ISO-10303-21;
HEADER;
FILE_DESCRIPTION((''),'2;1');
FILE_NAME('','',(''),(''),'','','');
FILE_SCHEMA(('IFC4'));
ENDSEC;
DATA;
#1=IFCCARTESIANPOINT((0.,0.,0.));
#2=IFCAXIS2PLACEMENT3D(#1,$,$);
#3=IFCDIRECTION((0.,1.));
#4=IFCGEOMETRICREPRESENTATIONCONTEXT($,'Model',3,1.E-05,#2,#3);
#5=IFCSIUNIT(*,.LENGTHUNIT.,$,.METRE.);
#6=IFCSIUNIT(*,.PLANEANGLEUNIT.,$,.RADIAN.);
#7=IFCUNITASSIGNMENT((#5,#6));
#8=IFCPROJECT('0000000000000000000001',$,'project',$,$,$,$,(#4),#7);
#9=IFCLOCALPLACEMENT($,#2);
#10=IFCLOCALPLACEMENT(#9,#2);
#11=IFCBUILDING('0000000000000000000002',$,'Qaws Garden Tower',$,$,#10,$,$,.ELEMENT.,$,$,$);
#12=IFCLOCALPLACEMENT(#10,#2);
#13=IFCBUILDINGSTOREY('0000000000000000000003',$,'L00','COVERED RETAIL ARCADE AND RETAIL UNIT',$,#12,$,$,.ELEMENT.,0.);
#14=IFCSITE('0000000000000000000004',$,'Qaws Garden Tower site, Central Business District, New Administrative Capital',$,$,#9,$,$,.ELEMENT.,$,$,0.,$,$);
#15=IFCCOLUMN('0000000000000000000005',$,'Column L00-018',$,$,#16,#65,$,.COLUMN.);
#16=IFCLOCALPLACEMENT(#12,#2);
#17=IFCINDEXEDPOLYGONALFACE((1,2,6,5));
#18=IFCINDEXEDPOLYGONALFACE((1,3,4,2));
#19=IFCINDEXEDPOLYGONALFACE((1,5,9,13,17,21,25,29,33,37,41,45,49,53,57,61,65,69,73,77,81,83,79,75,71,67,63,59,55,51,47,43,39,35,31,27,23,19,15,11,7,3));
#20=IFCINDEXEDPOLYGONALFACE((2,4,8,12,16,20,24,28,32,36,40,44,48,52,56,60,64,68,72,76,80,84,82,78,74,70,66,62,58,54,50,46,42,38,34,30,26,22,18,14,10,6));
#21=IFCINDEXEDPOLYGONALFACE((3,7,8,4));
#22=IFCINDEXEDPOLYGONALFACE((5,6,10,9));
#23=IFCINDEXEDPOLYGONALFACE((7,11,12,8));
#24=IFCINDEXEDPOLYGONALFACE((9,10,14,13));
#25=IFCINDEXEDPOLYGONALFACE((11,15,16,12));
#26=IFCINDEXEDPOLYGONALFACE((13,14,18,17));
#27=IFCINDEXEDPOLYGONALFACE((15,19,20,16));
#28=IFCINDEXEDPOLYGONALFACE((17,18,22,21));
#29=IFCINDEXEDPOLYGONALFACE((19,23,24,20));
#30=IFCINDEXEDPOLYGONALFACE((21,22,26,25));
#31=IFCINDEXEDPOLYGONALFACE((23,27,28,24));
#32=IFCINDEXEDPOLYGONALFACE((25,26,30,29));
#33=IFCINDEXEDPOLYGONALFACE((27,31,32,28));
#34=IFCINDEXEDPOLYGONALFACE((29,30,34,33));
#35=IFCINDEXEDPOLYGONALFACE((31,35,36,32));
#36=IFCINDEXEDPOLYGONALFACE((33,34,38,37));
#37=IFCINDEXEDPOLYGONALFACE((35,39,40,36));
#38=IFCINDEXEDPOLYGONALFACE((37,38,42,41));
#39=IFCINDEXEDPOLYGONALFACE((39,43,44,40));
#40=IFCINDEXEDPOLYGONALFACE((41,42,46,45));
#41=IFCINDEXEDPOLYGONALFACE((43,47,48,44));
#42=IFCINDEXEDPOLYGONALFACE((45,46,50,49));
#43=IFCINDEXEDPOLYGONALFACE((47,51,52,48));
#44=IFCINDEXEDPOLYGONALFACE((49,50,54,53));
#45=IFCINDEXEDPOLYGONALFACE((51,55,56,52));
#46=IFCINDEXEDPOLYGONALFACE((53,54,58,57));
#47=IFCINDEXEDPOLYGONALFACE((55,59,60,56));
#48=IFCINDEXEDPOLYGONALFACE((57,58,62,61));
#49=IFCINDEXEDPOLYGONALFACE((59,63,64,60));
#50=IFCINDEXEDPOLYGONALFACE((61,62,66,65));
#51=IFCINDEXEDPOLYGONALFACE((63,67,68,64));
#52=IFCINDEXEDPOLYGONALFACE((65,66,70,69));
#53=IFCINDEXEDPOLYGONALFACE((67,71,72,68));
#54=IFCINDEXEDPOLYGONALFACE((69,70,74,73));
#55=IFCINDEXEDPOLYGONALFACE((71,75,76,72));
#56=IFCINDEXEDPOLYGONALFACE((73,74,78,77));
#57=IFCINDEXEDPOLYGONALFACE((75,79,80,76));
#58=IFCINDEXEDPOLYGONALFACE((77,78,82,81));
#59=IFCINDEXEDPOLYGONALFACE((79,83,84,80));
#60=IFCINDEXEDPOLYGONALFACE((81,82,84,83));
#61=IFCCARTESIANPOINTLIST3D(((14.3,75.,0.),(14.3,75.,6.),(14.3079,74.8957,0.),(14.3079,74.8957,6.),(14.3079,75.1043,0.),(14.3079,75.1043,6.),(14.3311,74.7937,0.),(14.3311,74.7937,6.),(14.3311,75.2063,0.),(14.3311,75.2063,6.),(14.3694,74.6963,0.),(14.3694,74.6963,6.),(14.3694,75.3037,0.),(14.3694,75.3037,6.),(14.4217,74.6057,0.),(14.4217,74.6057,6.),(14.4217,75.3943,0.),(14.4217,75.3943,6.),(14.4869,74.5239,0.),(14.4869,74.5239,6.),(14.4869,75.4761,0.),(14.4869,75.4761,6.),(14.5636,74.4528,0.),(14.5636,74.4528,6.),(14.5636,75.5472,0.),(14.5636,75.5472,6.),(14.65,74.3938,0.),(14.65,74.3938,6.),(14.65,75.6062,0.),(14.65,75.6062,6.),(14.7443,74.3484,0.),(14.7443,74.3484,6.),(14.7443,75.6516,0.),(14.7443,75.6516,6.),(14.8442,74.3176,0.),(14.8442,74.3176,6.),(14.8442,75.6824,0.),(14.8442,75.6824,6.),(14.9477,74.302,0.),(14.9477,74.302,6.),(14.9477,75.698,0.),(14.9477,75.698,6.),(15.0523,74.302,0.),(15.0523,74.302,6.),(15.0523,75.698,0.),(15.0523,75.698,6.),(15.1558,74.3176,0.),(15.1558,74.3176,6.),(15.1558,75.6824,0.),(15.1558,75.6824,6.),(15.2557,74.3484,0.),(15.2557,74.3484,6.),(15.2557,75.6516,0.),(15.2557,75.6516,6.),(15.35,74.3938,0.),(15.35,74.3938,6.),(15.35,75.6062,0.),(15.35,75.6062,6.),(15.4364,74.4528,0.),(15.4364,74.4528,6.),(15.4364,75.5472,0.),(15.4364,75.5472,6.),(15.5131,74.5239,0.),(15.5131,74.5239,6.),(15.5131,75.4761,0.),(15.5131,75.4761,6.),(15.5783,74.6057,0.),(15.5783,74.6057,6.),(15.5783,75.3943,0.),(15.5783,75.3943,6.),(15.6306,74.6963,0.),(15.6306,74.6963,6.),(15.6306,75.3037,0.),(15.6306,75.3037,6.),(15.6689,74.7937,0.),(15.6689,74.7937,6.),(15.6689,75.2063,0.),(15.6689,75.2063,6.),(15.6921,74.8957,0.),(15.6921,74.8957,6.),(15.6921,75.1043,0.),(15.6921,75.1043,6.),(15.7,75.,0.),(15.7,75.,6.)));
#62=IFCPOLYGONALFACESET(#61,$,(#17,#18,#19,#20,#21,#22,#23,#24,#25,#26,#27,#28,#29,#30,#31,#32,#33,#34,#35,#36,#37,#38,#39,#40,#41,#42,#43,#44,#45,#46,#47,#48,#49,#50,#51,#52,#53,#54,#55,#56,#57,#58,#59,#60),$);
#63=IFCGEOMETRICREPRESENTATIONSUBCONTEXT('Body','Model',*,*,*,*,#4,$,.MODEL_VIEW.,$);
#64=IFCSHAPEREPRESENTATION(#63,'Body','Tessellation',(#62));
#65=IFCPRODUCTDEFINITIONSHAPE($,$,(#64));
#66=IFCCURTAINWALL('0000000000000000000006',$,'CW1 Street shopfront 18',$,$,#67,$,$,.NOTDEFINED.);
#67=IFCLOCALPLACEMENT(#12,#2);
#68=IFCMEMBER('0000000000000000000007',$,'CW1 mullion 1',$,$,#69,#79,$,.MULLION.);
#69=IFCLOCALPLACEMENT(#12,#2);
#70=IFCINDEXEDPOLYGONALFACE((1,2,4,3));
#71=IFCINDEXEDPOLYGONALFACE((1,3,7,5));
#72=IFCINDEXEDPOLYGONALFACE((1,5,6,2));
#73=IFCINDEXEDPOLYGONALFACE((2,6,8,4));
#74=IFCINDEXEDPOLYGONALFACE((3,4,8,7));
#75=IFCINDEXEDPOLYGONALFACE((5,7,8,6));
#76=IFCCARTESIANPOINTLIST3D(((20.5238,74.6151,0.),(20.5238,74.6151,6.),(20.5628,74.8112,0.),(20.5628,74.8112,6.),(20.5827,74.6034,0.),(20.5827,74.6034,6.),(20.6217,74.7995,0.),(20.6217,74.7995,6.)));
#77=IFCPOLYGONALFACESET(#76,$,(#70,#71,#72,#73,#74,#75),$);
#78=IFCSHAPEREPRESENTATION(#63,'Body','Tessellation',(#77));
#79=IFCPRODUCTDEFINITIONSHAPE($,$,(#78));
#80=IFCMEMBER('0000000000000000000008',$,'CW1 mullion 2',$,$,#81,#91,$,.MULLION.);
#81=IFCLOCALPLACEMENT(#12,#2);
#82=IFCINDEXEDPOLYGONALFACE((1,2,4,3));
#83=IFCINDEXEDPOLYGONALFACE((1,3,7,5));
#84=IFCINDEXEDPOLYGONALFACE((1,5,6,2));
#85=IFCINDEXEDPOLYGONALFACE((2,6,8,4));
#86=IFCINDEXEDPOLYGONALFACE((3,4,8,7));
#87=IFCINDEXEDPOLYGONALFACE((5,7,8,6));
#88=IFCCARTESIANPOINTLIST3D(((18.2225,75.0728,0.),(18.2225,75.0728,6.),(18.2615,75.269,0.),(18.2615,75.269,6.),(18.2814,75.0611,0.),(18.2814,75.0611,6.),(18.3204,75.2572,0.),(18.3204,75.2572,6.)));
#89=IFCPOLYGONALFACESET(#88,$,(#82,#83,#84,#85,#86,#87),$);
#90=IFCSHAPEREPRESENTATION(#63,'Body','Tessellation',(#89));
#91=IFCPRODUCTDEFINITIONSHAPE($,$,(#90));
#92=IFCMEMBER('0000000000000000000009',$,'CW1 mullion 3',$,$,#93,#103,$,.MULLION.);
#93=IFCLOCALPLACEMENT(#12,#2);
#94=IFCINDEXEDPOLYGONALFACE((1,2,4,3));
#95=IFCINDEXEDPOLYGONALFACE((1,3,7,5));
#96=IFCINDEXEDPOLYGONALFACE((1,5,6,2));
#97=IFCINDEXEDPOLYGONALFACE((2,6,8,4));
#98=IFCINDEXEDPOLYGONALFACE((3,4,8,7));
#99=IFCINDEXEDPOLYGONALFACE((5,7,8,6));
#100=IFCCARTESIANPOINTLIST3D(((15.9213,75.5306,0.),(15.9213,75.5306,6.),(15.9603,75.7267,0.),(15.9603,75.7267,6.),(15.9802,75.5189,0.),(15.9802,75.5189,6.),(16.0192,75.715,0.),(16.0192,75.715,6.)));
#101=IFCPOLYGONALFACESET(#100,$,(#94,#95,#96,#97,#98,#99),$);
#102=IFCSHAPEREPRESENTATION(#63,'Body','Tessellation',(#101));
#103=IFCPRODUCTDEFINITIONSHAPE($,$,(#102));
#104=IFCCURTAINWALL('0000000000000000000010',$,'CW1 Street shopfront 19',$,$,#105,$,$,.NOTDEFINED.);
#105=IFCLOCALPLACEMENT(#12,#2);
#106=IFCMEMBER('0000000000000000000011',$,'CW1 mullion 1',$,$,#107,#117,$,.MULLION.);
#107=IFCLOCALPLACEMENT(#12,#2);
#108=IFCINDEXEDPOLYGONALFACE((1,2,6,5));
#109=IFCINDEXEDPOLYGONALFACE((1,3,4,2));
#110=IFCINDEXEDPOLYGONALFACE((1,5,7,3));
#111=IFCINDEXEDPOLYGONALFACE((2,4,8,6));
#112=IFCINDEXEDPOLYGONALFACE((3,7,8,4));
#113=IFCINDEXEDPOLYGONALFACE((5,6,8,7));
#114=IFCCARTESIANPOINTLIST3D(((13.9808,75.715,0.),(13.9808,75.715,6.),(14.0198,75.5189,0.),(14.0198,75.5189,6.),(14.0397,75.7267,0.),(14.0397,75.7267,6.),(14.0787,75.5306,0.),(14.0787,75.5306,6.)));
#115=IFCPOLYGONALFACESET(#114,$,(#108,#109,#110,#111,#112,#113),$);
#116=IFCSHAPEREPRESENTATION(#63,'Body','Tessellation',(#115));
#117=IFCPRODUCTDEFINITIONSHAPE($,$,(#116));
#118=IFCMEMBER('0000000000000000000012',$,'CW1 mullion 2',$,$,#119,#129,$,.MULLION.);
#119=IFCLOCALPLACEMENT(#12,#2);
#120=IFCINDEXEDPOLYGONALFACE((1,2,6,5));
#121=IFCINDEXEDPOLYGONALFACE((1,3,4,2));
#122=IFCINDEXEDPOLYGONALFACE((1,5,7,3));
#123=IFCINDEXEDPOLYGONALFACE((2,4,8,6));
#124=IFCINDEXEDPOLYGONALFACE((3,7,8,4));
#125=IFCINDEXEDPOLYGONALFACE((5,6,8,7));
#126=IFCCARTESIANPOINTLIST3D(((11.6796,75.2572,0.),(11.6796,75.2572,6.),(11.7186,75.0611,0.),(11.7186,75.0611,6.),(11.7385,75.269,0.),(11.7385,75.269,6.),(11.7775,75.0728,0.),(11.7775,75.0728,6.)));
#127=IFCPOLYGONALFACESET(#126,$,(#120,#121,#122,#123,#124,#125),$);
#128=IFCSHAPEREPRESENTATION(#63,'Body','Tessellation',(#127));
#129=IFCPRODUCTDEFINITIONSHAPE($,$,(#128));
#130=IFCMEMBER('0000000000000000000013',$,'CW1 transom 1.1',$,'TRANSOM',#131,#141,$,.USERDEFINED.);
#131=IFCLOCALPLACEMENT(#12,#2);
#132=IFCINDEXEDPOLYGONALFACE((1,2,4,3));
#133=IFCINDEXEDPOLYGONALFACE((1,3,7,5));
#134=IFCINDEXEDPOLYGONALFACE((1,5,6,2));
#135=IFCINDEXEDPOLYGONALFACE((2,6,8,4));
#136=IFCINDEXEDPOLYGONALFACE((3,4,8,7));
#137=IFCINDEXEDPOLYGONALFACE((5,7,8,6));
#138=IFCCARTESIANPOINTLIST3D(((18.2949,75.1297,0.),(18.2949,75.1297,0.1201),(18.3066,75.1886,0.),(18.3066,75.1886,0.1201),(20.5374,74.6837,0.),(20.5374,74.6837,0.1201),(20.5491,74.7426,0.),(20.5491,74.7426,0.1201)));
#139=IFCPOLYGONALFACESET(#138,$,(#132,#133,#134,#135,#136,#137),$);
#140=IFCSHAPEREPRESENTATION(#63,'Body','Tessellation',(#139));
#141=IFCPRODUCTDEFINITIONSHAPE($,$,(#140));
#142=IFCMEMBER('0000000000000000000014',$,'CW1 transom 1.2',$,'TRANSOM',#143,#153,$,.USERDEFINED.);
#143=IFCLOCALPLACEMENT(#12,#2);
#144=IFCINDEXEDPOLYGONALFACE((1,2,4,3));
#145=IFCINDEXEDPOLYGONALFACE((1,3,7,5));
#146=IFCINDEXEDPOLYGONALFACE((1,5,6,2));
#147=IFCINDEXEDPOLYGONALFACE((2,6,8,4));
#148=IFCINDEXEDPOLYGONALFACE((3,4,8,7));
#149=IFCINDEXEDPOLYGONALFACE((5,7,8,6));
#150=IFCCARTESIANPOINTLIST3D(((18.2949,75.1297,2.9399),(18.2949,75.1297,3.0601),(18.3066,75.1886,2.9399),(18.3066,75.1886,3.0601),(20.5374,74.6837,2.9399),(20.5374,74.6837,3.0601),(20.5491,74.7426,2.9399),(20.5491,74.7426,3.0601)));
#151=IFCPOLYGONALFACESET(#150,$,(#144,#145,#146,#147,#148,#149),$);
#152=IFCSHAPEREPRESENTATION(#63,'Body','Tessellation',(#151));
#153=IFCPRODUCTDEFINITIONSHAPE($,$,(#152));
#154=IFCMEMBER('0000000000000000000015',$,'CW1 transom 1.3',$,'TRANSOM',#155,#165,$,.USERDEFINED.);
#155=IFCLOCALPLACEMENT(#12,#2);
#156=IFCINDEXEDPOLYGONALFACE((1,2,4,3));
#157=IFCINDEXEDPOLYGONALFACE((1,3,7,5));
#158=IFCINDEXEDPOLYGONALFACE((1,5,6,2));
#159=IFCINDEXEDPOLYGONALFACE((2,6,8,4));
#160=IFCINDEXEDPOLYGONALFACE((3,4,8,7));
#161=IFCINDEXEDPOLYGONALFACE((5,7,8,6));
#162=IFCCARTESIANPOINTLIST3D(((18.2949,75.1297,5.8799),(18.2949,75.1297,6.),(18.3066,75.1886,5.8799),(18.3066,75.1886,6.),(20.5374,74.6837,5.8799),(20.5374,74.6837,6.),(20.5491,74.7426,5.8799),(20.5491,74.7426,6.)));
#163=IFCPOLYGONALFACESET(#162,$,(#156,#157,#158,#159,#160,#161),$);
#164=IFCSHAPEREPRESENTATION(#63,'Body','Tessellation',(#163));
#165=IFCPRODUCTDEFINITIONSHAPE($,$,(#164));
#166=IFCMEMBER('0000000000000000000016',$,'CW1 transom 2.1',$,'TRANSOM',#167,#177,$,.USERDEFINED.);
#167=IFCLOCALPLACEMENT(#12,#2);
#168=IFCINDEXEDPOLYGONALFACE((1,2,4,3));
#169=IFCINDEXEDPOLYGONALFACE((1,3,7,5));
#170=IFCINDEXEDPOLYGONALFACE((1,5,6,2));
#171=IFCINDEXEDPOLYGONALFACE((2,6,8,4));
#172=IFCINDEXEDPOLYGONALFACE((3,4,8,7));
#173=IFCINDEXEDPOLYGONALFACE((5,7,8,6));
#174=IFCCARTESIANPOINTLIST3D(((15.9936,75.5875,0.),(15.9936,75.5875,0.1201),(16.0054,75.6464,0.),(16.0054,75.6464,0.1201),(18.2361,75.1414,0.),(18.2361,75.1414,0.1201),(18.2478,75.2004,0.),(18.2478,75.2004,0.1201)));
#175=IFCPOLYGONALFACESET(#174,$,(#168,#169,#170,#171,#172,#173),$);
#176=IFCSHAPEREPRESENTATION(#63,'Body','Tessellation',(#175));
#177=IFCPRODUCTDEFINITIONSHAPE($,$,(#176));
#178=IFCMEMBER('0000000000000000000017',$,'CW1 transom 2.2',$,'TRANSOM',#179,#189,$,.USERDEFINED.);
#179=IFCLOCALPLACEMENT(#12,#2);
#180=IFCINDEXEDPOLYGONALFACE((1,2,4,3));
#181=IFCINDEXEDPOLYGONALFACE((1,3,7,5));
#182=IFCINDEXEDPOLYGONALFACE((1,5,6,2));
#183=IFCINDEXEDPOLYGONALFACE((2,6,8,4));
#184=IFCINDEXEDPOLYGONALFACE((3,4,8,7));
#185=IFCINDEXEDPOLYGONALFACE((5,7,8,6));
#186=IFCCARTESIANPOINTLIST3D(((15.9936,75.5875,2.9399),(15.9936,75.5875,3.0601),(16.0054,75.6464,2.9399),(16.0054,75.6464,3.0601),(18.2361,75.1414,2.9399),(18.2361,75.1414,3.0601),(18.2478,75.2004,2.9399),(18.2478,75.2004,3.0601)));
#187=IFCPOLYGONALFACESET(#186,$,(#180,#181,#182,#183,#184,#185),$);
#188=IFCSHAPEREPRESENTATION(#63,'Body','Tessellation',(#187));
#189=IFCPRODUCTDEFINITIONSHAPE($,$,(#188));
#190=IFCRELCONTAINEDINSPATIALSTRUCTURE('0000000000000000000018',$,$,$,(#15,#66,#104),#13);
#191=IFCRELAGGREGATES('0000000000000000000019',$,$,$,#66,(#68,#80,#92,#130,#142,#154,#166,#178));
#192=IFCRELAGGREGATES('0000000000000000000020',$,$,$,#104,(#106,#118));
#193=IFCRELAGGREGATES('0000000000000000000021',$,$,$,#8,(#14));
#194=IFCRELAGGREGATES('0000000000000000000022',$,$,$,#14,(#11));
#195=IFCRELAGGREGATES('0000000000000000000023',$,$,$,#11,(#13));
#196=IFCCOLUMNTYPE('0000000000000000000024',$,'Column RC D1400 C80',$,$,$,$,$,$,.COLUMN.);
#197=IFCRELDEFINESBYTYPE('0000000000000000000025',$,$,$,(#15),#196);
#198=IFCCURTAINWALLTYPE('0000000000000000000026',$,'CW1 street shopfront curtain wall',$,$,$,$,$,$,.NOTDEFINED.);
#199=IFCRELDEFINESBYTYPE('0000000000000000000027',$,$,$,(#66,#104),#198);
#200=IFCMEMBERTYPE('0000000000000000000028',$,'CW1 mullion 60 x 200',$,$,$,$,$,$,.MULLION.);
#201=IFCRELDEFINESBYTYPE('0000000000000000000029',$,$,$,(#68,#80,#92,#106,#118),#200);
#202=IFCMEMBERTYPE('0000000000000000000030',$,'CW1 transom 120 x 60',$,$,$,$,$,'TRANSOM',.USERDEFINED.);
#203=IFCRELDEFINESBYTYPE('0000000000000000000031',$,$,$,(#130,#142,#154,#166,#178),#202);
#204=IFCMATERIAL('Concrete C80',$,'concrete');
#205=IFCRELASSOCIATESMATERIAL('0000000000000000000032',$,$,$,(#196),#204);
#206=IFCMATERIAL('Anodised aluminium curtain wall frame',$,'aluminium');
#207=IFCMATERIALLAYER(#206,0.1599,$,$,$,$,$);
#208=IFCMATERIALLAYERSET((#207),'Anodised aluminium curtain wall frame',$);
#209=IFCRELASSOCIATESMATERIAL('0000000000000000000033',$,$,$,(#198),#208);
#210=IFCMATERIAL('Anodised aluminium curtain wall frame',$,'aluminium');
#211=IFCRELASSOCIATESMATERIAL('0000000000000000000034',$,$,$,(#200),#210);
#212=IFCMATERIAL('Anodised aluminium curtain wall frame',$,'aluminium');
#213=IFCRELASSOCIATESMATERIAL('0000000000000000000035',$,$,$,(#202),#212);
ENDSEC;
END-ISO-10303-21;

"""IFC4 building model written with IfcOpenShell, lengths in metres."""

from ifc_helpers import new_model, si_unit, direction, frame, origin, origin_2d, place, context, subcontext, project, spatial, rectangle, circle, extrude, material, layer, layer_set, material_profile, profile_set, type_object, element, aggregate, save


model = new_model("IFC4")

# Units and contexts
model_context = context("Model", 3, precision=1e-05, world=origin(), true_north=direction((0.0, 1.0)))
body_context = subcontext(model_context, "Body", "Model", "MODEL_VIEW")
ifc_project = project(units=[si_unit("LENGTHUNIT", "METRE"), si_unit("PLANEANGLEUNIT", "RADIAN")], contexts=[model_context])

# Site, building, storey
site_placement = place(None, origin())
site = spatial("IfcSite", under=ifc_project, at=site_placement, Name="Qaws Garden Tower site, Central Business District, New Administrative Capital", CompositionType="ELEMENT", RefElevation=0.0)
building_placement = place(site_placement, origin())
building = spatial("IfcBuilding", under=site, at=building_placement, Name="Qaws Garden Tower", CompositionType="ELEMENT")
storey_placement = place(building_placement, origin())
storey = spatial("IfcBuildingStorey", under=building, at=storey_placement, Name="L00", Description="COVERED RETAIL ARCADE AND RETAIL UNIT", CompositionType="ELEMENT", Elevation=0.0)

# Column
ifc_material_1 = material(Name="Concrete C80", Category="concrete")
ifc_material_profile_1 = material_profile(ifc_material_1, circle(Radius=0.7, at=origin_2d()), Name="RC D1400")
ifc_profile_set_1 = profile_set([ifc_material_profile_1], Name="Concrete C80")
column_type = type_object("IfcColumnType", Name="Column RC D1400 C80", PredefinedType="COLUMN", material=ifc_profile_set_1)
column_placement = place(storey_placement, frame((15.0, 75.0, 0.0), z_axis=(0.0, 0.0, 1.0), x_axis=(1.0, 0.0, 0.0)))
element("IfcColumn", 1, at=column_placement, inside=storey, type_object=column_type, Name="Column L00-018", PredefinedType="COLUMN", context=body_context, shape_type="SweptSolid", body=[
    extrude(circle(Radius=0.7, at=origin_2d()), origin(), (0.0, 0.0, 1.0), 6.0),
])

# Curtain walls, members
ifc_material_2 = material(Name="Anodised aluminium curtain wall frame", Category="aluminium")
ifc_layer_1 = layer(ifc_material_2, 0.1599)
ifc_layer_set_1 = layer_set([ifc_layer_1], Name="Anodised aluminium curtain wall frame")
curtain_wall_type = type_object("IfcCurtainWallType", Name="CW1 street shopfront curtain wall", PredefinedType="NOTDEFINED", material=ifc_layer_set_1)
placement = place(storey_placement, origin())
curtain_wall_1 = element("IfcCurtainWall", 2, at=placement, inside=storey, type_object=curtain_wall_type, Name="CW1 Street shopfront 18", PredefinedType="NOTDEFINED")
ifc_material_3 = material(Name="Anodised aluminium curtain wall frame", Category="aluminium")
ifc_material_profile_2 = material_profile(ifc_material_3, rectangle(XDim=0.2, YDim=0.0601, at=origin_2d()), Name="AL 60x200")
ifc_profile_set_2 = profile_set([ifc_material_profile_2], Name="Anodised aluminium curtain wall frame")
member_type_1 = type_object("IfcMemberType", Name="CW1 mullion 60 x 200", PredefinedType="MULLION", material=ifc_profile_set_2)
member_1_placement = place(storey_placement, frame((20.5728, 74.7073, 0.0), z_axis=(0.0, 0.0, 1.0), x_axis=(-0.19509, -0.980785, 0.0)))
member_1 = element("IfcMember", 3, at=member_1_placement, type_object=member_type_1, Name="CW1 mullion 1", PredefinedType="MULLION", context=body_context, shape_type="SweptSolid", body=[
    extrude(rectangle(XDim=0.2, YDim=0.0601, at=origin_2d()), origin(), (0.0, 0.0, 1.0), 6.0),
])
member_2_placement = place(storey_placement, frame((18.2715, 75.165, 0.0), z_axis=(0.0, 0.0, 1.0), x_axis=(-0.19509, -0.980785, 0.0)))
member_2 = element("IfcMember", 4, at=member_2_placement, type_object=member_type_1, Name="CW1 mullion 2", PredefinedType="MULLION", context=body_context, shape_type="SweptSolid", body=[
    extrude(rectangle(XDim=0.2, YDim=0.0601, at=origin_2d()), origin(), (0.0, 0.0, 1.0), 6.0),
])
member_3_placement = place(storey_placement, frame((15.9702, 75.6228, 0.0), z_axis=(0.0, 0.0, 1.0), x_axis=(-0.19509, -0.980785, 0.0)))
member_3 = element("IfcMember", 5, at=member_3_placement, type_object=member_type_1, Name="CW1 mullion 3", PredefinedType="MULLION", context=body_context, shape_type="SweptSolid", body=[
    extrude(rectangle(XDim=0.2, YDim=0.0601, at=origin_2d()), origin(), (0.0, 0.0, 1.0), 6.0),
])
curtain_wall_2 = element("IfcCurtainWall", 6, at=placement, inside=storey, type_object=curtain_wall_type, Name="CW1 Street shopfront 19", PredefinedType="NOTDEFINED")
member_4_placement = place(storey_placement, frame((14.0298, 75.6228, 0.0), z_axis=(0.0, 0.0, 1.0), x_axis=(0.19509, -0.980785, 0.0)))
member_4 = element("IfcMember", 7, at=member_4_placement, type_object=member_type_1, Name="CW1 mullion 1", PredefinedType="MULLION", context=body_context, shape_type="SweptSolid", body=[
    extrude(rectangle(XDim=0.2, YDim=0.0601, at=origin_2d()), origin(), (0.0, 0.0, 1.0), 6.0),
])
member_5_placement = place(storey_placement, frame((11.7285, 75.165, 0.0), z_axis=(0.0, 0.0, 1.0), x_axis=(0.19509, -0.980785, 0.0)))
member_5 = element("IfcMember", 8, at=member_5_placement, type_object=member_type_1, Name="CW1 mullion 2", PredefinedType="MULLION", context=body_context, shape_type="SweptSolid", body=[
    extrude(rectangle(XDim=0.2, YDim=0.0601, at=origin_2d()), origin(), (0.0, 0.0, 1.0), 6.0),
])

# Members
ifc_material_4 = material(Name="Anodised aluminium curtain wall frame", Category="aluminium")
ifc_material_profile_3 = material_profile(ifc_material_4, rectangle(XDim=0.0601, YDim=0.1201, at=origin_2d()), Name="AL 60x120")
ifc_profile_set_3 = profile_set([ifc_material_profile_3], Name="Anodised aluminium curtain wall frame")
member_type_2 = type_object("IfcMemberType", Name="CW1 transom 120 x 60", ElementType="TRANSOM", PredefinedType="USERDEFINED", material=ifc_profile_set_3)
member_6_placement = place(storey_placement, frame((20.5432, 74.7131, 0.0601), z_axis=(-0.980785, 0.195089, 0.0), x_axis=(-0.195089, -0.980785, 0.0)))
member_6 = element("IfcMember", 9, at=member_6_placement, type_object=member_type_2, Name="CW1 transom 1.1", ObjectType="TRANSOM", PredefinedType="USERDEFINED", context=body_context, shape_type="SweptSolid", body=[
    extrude(rectangle(XDim=0.0601, YDim=0.1201, at=origin_2d()), origin(), (0.0, 0.0, 1.0), 2.2864),
])
member_7_placement = place(storey_placement, frame((20.5432, 74.7131, 3.0), z_axis=(-0.980785, 0.195089, 0.0), x_axis=(-0.195089, -0.980785, 0.0)))
member_7 = element("IfcMember", 10, at=member_7_placement, type_object=member_type_2, Name="CW1 transom 1.2", ObjectType="TRANSOM", PredefinedType="USERDEFINED", context=body_context, shape_type="SweptSolid", body=[
    extrude(rectangle(XDim=0.0601, YDim=0.1201, at=origin_2d()), origin(), (0.0, 0.0, 1.0), 2.2864),
])
member_8_placement = place(storey_placement, frame((20.5432, 74.7131, 5.9399), z_axis=(-0.980785, 0.195089, 0.0), x_axis=(-0.195089, -0.980785, 0.0)))
member_8 = element("IfcMember", 11, at=member_8_placement, type_object=member_type_2, Name="CW1 transom 1.3", ObjectType="TRANSOM", PredefinedType="USERDEFINED", context=body_context, shape_type="SweptSolid", body=[
    extrude(rectangle(XDim=0.0601, YDim=0.1201, at=origin_2d()), origin(), (0.0, 0.0, 1.0), 2.2864),
])
member_9_placement = place(storey_placement, frame((18.2419, 75.1709, 0.0601), z_axis=(-0.980785, 0.195089, 0.0), x_axis=(-0.195089, -0.980785, 0.0)))
member_9 = element("IfcMember", 12, at=member_9_placement, type_object=member_type_2, Name="CW1 transom 2.1", ObjectType="TRANSOM", PredefinedType="USERDEFINED", context=body_context, shape_type="SweptSolid", body=[
    extrude(rectangle(XDim=0.0601, YDim=0.1201, at=origin_2d()), origin(), (0.0, 0.0, 1.0), 2.2864),
])
member_10_placement = place(storey_placement, frame((18.2419, 75.1709, 3.0), z_axis=(-0.980785, 0.195089, 0.0), x_axis=(-0.195089, -0.980785, 0.0)))
member_10 = element("IfcMember", 13, at=member_10_placement, type_object=member_type_2, Name="CW1 transom 2.2", ObjectType="TRANSOM", PredefinedType="USERDEFINED", context=body_context, shape_type="SweptSolid", body=[
    extrude(rectangle(XDim=0.0601, YDim=0.1201, at=origin_2d()), origin(), (0.0, 0.0, 1.0), 2.2864),
])

aggregate(curtain_wall_1, [member_1, member_2, member_3, member_6, member_7, member_8, member_9, member_10])
aggregate(curtain_wall_2, [member_4, member_5])

save(model, "model.ifc")
